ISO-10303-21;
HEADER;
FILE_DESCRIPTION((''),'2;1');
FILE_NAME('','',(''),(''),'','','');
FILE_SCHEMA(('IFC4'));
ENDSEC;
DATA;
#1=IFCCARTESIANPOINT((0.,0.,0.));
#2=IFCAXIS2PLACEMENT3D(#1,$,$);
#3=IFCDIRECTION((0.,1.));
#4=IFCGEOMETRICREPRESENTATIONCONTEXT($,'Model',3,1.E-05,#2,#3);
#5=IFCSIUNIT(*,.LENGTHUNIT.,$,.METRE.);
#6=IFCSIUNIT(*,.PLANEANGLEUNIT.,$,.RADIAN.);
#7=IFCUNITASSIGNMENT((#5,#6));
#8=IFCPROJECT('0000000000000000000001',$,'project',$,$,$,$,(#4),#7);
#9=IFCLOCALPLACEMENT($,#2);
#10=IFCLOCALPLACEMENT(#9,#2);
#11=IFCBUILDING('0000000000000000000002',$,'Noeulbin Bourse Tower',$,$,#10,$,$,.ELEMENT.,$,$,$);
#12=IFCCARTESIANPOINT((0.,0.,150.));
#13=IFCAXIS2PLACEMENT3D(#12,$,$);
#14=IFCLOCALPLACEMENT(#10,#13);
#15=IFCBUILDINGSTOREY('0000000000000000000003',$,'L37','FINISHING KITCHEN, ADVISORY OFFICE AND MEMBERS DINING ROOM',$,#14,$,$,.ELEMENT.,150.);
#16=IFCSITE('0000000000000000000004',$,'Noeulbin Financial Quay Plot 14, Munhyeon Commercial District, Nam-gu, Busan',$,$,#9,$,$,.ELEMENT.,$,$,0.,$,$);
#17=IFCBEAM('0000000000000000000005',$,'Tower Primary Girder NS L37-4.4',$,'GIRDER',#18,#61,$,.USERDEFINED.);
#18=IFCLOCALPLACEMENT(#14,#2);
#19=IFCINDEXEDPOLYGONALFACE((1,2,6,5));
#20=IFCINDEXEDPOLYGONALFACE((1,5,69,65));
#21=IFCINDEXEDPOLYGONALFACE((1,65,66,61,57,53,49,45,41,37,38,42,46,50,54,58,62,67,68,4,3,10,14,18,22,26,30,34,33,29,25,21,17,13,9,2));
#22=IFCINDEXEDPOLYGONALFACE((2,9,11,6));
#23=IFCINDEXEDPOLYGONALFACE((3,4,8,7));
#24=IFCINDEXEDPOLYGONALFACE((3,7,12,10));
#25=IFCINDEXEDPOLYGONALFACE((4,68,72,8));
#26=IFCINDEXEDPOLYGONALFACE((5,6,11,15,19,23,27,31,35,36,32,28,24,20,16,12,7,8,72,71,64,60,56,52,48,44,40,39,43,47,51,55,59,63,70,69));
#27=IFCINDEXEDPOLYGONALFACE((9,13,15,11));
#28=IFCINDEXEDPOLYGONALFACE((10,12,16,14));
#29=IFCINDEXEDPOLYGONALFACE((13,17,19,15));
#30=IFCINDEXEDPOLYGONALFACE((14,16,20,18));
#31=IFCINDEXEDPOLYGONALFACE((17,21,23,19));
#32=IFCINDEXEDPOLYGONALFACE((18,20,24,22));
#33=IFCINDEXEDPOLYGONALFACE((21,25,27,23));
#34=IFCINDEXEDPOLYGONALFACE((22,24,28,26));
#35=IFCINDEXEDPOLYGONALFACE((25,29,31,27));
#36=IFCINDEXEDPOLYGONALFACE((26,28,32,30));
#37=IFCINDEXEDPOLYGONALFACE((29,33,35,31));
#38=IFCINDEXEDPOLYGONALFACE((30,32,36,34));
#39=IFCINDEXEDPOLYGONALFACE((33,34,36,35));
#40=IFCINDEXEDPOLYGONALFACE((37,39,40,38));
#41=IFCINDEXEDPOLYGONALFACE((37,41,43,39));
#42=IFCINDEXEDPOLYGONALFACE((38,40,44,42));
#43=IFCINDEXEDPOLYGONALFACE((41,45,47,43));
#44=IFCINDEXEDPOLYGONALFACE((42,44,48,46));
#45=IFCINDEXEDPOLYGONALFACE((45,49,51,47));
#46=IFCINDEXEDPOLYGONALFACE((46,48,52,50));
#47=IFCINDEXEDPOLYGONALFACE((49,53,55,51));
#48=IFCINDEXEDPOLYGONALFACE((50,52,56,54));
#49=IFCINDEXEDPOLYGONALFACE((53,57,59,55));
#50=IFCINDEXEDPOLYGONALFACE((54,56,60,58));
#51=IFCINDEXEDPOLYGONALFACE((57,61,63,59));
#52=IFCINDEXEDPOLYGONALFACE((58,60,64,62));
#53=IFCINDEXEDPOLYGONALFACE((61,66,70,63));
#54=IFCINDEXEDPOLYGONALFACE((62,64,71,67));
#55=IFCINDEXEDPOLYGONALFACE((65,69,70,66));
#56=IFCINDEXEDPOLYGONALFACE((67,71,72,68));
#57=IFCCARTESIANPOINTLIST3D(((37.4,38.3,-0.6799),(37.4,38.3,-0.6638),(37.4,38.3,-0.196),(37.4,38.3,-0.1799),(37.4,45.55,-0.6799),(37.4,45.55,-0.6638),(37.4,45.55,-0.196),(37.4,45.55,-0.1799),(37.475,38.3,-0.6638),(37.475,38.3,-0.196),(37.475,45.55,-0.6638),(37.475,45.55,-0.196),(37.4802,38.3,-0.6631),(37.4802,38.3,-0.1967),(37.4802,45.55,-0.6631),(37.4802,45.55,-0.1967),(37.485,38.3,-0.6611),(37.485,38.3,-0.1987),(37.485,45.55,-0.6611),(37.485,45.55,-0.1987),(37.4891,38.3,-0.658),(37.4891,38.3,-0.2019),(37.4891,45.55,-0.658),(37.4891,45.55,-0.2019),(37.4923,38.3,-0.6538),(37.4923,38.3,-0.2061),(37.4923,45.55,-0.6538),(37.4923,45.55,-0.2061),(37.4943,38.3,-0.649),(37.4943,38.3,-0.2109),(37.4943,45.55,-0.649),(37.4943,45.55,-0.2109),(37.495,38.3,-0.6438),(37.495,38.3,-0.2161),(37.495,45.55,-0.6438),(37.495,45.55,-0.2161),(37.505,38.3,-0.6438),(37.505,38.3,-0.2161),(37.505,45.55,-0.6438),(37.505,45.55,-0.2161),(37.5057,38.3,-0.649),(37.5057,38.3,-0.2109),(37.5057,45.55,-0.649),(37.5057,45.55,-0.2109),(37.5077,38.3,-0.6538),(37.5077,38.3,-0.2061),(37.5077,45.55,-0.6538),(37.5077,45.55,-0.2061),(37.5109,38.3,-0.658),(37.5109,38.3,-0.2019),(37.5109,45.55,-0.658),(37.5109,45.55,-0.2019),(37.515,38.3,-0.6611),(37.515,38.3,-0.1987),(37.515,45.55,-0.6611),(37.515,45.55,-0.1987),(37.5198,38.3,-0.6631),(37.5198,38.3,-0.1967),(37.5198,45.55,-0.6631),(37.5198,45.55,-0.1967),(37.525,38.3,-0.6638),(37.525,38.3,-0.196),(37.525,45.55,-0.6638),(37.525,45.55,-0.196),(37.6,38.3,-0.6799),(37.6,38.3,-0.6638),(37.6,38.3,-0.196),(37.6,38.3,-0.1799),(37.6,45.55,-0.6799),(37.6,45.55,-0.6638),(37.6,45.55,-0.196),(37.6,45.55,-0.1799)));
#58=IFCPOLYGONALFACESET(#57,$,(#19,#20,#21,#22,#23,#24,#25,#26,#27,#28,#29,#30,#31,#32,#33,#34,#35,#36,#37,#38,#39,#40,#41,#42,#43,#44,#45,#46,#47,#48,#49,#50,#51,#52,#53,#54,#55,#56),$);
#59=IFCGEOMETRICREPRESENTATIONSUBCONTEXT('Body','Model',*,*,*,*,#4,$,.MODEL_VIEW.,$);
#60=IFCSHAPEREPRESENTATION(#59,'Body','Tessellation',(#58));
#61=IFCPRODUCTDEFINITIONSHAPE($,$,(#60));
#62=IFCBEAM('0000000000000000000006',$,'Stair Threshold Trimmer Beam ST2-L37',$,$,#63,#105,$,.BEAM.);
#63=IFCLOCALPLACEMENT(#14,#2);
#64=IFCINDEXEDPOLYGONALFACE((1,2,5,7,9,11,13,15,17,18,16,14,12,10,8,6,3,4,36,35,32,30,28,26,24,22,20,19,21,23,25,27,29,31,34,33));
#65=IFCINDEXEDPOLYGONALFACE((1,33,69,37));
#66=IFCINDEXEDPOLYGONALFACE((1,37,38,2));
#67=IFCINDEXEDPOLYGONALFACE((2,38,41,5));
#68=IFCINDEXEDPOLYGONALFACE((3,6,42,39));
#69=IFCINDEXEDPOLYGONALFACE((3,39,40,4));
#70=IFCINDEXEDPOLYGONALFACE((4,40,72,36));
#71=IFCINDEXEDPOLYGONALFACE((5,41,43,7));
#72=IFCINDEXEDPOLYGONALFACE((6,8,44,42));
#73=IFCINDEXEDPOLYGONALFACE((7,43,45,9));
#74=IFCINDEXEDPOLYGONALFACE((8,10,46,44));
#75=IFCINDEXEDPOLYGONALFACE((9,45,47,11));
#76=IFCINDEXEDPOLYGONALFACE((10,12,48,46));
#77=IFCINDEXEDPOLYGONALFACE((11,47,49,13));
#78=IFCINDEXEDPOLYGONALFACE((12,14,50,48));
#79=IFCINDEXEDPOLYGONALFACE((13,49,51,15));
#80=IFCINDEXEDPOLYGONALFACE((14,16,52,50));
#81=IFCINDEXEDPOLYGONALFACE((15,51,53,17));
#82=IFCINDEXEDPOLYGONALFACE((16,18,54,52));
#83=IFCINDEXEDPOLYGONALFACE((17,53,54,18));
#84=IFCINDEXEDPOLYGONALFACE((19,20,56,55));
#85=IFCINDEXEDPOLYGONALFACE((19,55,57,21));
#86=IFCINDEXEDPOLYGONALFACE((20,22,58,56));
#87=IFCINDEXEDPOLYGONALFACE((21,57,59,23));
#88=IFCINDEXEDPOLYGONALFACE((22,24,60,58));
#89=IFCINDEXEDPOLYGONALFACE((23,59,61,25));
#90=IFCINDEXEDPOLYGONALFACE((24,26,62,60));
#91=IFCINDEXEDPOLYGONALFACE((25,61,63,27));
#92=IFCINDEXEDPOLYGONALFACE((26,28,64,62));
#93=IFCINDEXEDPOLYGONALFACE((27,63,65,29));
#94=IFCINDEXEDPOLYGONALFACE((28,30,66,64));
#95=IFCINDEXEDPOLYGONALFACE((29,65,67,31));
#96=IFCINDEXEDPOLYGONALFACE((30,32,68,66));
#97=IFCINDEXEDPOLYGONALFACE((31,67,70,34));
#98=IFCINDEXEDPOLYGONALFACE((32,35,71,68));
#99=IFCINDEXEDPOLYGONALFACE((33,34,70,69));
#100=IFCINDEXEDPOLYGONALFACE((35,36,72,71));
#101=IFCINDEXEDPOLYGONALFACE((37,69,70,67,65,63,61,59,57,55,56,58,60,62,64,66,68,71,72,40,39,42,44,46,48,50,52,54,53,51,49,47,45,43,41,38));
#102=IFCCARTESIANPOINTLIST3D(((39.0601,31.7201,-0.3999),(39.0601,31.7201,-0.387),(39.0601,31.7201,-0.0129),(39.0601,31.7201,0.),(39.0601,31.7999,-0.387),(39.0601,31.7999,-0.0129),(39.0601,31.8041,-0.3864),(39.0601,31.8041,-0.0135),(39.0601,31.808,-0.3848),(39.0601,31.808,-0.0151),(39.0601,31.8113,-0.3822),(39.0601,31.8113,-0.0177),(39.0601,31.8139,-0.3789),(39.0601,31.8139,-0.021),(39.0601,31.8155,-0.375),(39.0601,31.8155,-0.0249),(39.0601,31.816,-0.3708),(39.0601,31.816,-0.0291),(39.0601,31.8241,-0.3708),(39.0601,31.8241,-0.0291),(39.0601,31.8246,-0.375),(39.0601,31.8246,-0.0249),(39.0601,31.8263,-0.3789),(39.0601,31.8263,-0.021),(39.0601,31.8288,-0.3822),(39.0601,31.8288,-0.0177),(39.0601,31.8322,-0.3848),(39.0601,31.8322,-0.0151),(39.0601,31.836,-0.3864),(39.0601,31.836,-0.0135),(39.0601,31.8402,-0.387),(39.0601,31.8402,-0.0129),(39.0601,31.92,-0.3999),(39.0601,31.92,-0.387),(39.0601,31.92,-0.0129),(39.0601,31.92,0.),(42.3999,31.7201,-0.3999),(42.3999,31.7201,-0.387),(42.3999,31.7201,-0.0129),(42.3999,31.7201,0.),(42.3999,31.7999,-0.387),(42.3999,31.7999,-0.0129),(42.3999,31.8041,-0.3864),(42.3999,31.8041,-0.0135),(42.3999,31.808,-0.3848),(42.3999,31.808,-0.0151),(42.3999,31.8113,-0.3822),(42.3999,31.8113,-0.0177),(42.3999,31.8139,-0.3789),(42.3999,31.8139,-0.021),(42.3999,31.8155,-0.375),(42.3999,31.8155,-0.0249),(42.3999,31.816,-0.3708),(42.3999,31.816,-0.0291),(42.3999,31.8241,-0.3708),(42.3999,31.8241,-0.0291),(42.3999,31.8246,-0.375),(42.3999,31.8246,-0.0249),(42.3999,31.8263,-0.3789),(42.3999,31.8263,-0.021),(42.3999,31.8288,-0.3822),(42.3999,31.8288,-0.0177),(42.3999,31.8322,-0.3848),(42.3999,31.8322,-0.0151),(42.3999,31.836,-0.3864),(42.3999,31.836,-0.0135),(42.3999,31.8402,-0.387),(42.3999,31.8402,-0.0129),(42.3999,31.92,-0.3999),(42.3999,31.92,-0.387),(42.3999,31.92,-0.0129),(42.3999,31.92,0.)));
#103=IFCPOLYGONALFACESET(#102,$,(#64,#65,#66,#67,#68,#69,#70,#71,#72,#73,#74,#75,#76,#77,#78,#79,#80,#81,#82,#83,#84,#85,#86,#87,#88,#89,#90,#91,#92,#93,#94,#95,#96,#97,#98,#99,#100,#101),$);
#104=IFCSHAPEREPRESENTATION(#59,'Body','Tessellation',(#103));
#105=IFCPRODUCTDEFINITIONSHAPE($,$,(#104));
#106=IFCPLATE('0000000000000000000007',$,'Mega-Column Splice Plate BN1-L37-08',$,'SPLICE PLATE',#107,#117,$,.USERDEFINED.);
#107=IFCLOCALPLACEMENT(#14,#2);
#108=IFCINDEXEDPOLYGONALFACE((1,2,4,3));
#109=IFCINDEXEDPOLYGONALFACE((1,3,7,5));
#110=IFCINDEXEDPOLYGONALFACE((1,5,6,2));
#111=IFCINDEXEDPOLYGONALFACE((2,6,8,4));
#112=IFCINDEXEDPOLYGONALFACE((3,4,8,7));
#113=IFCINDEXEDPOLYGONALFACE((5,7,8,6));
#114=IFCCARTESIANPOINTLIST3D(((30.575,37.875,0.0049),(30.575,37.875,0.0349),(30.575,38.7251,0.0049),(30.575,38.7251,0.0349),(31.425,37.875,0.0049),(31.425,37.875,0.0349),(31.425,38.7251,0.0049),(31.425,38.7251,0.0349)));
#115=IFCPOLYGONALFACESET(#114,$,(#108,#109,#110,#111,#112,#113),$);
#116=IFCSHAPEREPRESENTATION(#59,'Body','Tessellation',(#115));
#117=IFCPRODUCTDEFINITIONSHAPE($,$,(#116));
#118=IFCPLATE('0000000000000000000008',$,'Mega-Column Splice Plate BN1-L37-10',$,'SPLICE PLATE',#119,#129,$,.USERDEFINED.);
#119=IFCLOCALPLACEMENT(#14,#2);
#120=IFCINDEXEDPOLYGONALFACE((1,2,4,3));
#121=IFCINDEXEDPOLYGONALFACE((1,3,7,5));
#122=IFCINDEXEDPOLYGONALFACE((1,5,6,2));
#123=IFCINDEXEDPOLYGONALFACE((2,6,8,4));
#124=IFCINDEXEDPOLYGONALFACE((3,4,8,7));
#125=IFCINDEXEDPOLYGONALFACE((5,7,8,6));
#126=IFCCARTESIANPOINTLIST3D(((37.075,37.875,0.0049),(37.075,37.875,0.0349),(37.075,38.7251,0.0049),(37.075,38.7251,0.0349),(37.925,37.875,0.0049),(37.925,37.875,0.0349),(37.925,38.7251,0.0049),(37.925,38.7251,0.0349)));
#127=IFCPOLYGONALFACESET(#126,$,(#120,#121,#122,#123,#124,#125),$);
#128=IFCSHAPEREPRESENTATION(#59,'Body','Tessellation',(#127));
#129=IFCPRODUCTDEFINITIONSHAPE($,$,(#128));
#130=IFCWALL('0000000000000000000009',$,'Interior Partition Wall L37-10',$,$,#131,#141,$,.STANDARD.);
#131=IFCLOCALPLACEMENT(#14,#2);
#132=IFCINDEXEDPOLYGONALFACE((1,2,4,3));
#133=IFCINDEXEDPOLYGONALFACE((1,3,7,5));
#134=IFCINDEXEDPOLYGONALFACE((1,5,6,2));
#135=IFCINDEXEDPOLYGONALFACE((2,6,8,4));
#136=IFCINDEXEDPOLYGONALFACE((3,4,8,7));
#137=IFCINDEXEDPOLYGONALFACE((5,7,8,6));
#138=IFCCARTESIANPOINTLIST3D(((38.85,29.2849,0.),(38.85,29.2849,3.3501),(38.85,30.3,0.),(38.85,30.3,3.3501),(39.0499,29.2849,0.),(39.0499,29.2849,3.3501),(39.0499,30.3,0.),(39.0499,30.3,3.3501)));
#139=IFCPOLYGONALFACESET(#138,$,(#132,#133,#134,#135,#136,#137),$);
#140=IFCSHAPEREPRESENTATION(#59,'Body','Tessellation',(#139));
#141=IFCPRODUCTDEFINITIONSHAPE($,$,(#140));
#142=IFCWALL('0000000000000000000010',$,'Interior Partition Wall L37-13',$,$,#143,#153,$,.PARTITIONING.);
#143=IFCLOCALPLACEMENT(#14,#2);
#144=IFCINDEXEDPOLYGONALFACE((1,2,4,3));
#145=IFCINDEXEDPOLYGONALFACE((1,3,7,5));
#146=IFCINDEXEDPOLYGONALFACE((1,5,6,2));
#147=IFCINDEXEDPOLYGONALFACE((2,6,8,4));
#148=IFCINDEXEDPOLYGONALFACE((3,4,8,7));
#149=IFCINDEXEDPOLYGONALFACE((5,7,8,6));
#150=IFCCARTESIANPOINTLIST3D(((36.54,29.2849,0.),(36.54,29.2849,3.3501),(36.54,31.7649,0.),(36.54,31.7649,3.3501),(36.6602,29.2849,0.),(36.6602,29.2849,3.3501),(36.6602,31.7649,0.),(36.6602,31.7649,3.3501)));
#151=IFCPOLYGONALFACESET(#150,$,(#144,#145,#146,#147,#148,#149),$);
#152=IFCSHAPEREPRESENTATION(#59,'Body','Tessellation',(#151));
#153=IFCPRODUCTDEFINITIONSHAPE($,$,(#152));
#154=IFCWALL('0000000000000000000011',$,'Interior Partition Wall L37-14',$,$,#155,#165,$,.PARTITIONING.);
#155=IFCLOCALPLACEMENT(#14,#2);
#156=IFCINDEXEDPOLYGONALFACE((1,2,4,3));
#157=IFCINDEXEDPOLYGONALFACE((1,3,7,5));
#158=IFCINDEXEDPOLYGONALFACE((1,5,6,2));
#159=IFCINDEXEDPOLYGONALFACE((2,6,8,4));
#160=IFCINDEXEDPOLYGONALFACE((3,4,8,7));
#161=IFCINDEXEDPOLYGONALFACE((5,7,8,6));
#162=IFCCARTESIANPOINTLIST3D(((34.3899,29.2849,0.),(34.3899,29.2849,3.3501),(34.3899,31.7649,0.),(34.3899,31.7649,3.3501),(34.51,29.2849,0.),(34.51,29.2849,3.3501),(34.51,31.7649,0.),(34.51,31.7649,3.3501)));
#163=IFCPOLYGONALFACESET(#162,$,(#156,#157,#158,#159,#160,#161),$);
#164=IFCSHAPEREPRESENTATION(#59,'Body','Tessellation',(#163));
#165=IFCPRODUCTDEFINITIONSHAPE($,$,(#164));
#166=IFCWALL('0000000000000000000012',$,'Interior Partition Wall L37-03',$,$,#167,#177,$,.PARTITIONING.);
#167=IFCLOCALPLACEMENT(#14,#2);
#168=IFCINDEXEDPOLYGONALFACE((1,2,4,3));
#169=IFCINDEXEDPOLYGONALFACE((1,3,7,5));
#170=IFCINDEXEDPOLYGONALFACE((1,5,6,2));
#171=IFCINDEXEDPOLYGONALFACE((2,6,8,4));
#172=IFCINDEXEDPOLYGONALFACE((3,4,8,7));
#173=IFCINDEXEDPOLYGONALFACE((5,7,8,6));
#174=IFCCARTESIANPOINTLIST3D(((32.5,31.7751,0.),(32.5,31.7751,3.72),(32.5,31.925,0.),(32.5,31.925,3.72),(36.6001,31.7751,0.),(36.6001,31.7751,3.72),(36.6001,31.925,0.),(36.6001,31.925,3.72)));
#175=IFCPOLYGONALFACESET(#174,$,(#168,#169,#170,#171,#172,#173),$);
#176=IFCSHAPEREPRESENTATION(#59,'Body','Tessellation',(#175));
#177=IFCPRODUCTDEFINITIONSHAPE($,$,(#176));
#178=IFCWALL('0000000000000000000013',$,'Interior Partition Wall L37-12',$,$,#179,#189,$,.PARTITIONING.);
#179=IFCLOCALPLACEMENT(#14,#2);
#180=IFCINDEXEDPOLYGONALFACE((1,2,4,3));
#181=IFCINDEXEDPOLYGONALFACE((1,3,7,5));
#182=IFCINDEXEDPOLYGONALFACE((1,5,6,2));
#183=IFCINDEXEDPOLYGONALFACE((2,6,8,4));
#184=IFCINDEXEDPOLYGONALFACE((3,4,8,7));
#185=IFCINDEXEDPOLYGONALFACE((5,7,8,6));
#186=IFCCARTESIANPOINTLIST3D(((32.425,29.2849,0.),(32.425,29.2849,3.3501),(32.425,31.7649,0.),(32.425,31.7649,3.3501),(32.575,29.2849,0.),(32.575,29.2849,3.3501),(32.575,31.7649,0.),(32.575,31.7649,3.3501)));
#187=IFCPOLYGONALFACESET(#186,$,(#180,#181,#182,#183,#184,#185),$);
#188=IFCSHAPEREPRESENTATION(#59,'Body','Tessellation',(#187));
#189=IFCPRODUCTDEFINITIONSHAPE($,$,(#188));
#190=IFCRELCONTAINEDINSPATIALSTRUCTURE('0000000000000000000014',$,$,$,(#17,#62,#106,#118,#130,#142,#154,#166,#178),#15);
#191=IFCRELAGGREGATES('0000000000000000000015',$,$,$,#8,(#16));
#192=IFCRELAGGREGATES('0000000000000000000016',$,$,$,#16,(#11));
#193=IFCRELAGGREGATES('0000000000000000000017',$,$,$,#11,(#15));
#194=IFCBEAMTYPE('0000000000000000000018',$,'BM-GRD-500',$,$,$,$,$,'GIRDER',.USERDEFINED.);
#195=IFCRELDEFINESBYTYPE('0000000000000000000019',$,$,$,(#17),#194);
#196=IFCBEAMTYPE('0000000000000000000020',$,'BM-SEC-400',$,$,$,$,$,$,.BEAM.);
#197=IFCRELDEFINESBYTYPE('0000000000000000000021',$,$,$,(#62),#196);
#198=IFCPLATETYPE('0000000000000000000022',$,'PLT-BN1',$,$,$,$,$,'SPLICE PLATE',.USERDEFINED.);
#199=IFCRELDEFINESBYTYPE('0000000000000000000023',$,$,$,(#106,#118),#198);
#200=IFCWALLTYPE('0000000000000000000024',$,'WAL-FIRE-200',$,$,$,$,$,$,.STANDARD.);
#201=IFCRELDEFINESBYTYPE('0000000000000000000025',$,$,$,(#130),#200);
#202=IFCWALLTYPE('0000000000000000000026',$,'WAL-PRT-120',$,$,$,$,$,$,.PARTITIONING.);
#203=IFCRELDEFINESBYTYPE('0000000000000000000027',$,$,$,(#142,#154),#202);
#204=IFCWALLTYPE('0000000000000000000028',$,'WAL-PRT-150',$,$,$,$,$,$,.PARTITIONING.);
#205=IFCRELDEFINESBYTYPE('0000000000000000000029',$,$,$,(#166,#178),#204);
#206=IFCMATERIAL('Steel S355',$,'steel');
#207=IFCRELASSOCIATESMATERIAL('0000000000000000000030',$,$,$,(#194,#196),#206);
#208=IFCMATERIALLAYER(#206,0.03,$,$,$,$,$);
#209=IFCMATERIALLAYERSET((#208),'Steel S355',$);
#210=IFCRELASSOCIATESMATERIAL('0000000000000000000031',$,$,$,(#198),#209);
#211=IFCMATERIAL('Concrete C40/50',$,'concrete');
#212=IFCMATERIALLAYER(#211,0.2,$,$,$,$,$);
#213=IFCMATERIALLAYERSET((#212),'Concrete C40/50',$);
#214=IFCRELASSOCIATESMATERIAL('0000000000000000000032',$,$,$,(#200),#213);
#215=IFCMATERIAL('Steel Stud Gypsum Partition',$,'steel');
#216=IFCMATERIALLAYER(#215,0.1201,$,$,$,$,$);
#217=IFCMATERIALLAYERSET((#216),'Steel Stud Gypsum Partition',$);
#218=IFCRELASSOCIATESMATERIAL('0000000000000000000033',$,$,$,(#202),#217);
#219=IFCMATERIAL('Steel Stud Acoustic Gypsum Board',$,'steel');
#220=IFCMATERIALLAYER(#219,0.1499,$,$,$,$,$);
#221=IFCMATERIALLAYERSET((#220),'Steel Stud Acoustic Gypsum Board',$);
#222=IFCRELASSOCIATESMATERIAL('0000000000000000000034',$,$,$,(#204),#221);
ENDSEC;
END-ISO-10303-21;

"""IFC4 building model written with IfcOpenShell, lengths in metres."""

from ifc_helpers import new_model, si_unit, direction, frame, frame_2d, origin, origin_2d, place, context, subcontext, project, spatial, rectangle, i_section, extrude, material, layer, layer_set, material_profile, profile_set, type_object, element, save


model = new_model("IFC4")

# Units and contexts
model_context = context("Model", 3, precision=1e-05, world=origin(), true_north=direction((0.0, 1.0)))
body_context = subcontext(model_context, "Body", "Model", "MODEL_VIEW")
ifc_project = project(units=[si_unit("LENGTHUNIT", "METRE"), si_unit("PLANEANGLEUNIT", "RADIAN")], contexts=[model_context])

# Site, building, storey
site_placement = place(None, origin())
site = spatial("IfcSite", under=ifc_project, at=site_placement, Name="Noeulbin Financial Quay Plot 14, Munhyeon Commercial District, Nam-gu, Busan", CompositionType="ELEMENT", RefElevation=0.0)
building_placement = place(site_placement, origin())
building = spatial("IfcBuilding", under=site, at=building_placement, Name="Noeulbin Bourse Tower", CompositionType="ELEMENT")
storey_placement = place(building_placement, frame((0.0, 0.0, 150.0)))
storey = spatial("IfcBuildingStorey", under=building, at=storey_placement, Name="L37", Description="FINISHING KITCHEN, ADVISORY OFFICE AND MEMBERS DINING ROOM", CompositionType="ELEMENT", Elevation=150.0)

# Beams
ifc_material_1 = material(Name="Steel S355", Category="steel")
ifc_material_profile_1 = material_profile(ifc_material_1, i_section(OverallWidth=0.2, OverallDepth=0.5, WebThickness=0.01, FlangeThickness=0.0161, FilletRadius=0.02, at=origin_2d()), Name="H-500x200x10x16", Category="LoadBearing")
ifc_profile_set_1 = profile_set([ifc_material_profile_1], Name="Steel S355")
beam_type_1 = type_object("IfcBeamType", Name="BM-GRD-500", ElementType="GIRDER", PredefinedType="USERDEFINED", material=ifc_profile_set_1)
for number, where, z_axis, x_axis, name in (
    (1, (37.5, 38.3, -0.4299), (0.0, 1.0, 0.0), (-1.0, 0.0, 0.0), "Tower Primary Girder NS L37-4.4"),
):
    element("IfcBeam", number, at=place(storey_placement, frame(where, z_axis=z_axis, x_axis=x_axis)), inside=storey, type_object=beam_type_1, Name=name, ObjectType="GIRDER", PredefinedType="USERDEFINED", context=body_context, shape_type="SweptSolid", body=[
        extrude(i_section(OverallWidth=0.2, OverallDepth=0.5, WebThickness=0.01, FlangeThickness=0.0161, FilletRadius=0.02, at=origin_2d()), origin(), (0.0, 0.0, 1.0), 7.25),
    ])
ifc_material_profile_2 = material_profile(ifc_material_1, i_section(OverallWidth=0.2, OverallDepth=0.3999, WebThickness=0.0081, FlangeThickness=0.0129, FilletRadius=0.0161, at=origin_2d()), Name="H-400x200x8x13", Category="LoadBearing")
ifc_profile_set_2 = profile_set([ifc_material_profile_2], Name="Steel S355")
beam_type_2 = type_object("IfcBeamType", Name="BM-SEC-400", PredefinedType="BEAM", material=ifc_profile_set_2)
beam_placement = place(storey_placement, frame((39.0601, 31.8201, -0.2), z_axis=(1.0, 0.0, 0.0), x_axis=(0.0, 1.0, 0.0)))
element("IfcBeam", 2, at=beam_placement, inside=storey, type_object=beam_type_2, Name="Stair Threshold Trimmer Beam ST2-L37", PredefinedType="BEAM", context=body_context, shape_type="SweptSolid", body=[
    extrude(i_section(OverallWidth=0.2, OverallDepth=0.3999, WebThickness=0.0081, FlangeThickness=0.0129, FilletRadius=0.0161, at=origin_2d()), origin(), (0.0, 0.0, 1.0), 3.3398),
])

# Plates
ifc_layer_1 = layer(ifc_material_1, 0.03)
ifc_layer_set_1 = layer_set([ifc_layer_1], Name="Steel S355")
plate_type = type_object("IfcPlateType", Name="PLT-BN1", ElementType="SPLICE PLATE", PredefinedType="USERDEFINED", material=ifc_layer_set_1)
for number, where, z_axis, x_axis, name in (
    (3, (31.0, 38.3, 0.0049), (0.0, 0.0, 1.0), (1.0, 0.0, 0.0), "Mega-Column Splice Plate BN1-L37-08"),
    (4, (37.5, 38.3, 0.0049), (0.0, 0.0, 1.0), (1.0, 0.0, 0.0), "Mega-Column Splice Plate BN1-L37-10"),
):
    element("IfcPlate", number, at=place(storey_placement, frame(where, z_axis=z_axis, x_axis=x_axis)), inside=storey, type_object=plate_type, Name=name, ObjectType="SPLICE PLATE", PredefinedType="USERDEFINED", context=body_context, shape_type="SweptSolid", body=[
        extrude(rectangle(XDim=0.8501, YDim=0.8501, at=origin_2d()), origin(), (0.0, 0.0, 1.0), 0.03),
    ])

# Walls
ifc_material_2 = material(Name="Concrete C40/50", Category="concrete")
ifc_layer_2 = layer(ifc_material_2, 0.2)
ifc_layer_set_2 = layer_set([ifc_layer_2], Name="Concrete C40/50")
wall_type_1 = type_object("IfcWallType", Name="WAL-FIRE-200", PredefinedType="STANDARD", material=ifc_layer_set_2)
wall_1_placement = place(storey_placement, frame((38.95, 29.2849, 0.0), z_axis=(0.0, 0.0, 1.0), x_axis=(0.0, 1.0, 0.0)))
element("IfcWall", 5, at=wall_1_placement, inside=storey, type_object=wall_type_1, Name="Interior Partition Wall L37-10", PredefinedType="STANDARD", context=body_context, shape_type="SweptSolid", body=[
    extrude(rectangle(XDim=1.0151, YDim=0.2, at=frame_2d((0.5076, 0.0))), origin(), (0.0, 0.0, 1.0), 3.3501),
])
ifc_material_3 = material(Name="Steel Stud Gypsum Partition", Category="steel")
ifc_layer_3 = layer(ifc_material_3, 0.1201)
ifc_layer_set_3 = layer_set([ifc_layer_3], Name="Steel Stud Gypsum Partition")
wall_type_2 = type_object("IfcWallType", Name="WAL-PRT-120", PredefinedType="PARTITIONING", material=ifc_layer_set_3)
for number, where, z_axis, x_axis, name in (
    (6, (36.6001, 29.2849, 0.0), (0.0, 0.0, 1.0), (0.0, 1.0, 0.0), "Interior Partition Wall L37-13"),
    (7, (34.45, 29.2849, 0.0), (0.0, 0.0, 1.0), (0.0, 1.0, 0.0), "Interior Partition Wall L37-14"),
):
    element("IfcWall", number, at=place(storey_placement, frame(where, z_axis=z_axis, x_axis=x_axis)), inside=storey, type_object=wall_type_2, Name=name, PredefinedType="PARTITIONING", context=body_context, shape_type="SweptSolid", body=[
        extrude(rectangle(XDim=2.48, YDim=0.1201, at=frame_2d((1.24, 0.0))), origin(), (0.0, 0.0, 1.0), 3.3501),
    ])
ifc_material_4 = material(Name="Steel Stud Acoustic Gypsum Board", Category="steel")
ifc_layer_4 = layer(ifc_material_4, 0.1499)
ifc_layer_set_4 = layer_set([ifc_layer_4], Name="Steel Stud Acoustic Gypsum Board")
wall_type_3 = type_object("IfcWallType", Name="WAL-PRT-150", PredefinedType="PARTITIONING", material=ifc_layer_set_4)
wall_2_placement = place(storey_placement, frame((32.5, 31.8501, 0.0), z_axis=(0.0, 0.0, 1.0), x_axis=(1.0, 0.0, 0.0)))
element("IfcWall", 8, at=wall_2_placement, inside=storey, type_object=wall_type_3, Name="Interior Partition Wall L37-03", PredefinedType="PARTITIONING", context=body_context, shape_type="SweptSolid", body=[
    extrude(rectangle(XDim=4.1001, YDim=0.1499, at=frame_2d((2.05, 0.0))), origin(), (0.0, 0.0, 1.0), 3.72),
])
wall_3_placement = place(storey_placement, frame((32.5, 29.2849, 0.0), z_axis=(0.0, 0.0, 1.0), x_axis=(0.0, 1.0, 0.0)))
element("IfcWall", 9, at=wall_3_placement, inside=storey, type_object=wall_type_3, Name="Interior Partition Wall L37-12", PredefinedType="PARTITIONING", context=body_context, shape_type="SweptSolid", body=[
    extrude(rectangle(XDim=2.48, YDim=0.1499, at=frame_2d((1.24, 0.0))), origin(), (0.0, 0.0, 1.0), 3.3501),
])

save(model, "model.ifc")
